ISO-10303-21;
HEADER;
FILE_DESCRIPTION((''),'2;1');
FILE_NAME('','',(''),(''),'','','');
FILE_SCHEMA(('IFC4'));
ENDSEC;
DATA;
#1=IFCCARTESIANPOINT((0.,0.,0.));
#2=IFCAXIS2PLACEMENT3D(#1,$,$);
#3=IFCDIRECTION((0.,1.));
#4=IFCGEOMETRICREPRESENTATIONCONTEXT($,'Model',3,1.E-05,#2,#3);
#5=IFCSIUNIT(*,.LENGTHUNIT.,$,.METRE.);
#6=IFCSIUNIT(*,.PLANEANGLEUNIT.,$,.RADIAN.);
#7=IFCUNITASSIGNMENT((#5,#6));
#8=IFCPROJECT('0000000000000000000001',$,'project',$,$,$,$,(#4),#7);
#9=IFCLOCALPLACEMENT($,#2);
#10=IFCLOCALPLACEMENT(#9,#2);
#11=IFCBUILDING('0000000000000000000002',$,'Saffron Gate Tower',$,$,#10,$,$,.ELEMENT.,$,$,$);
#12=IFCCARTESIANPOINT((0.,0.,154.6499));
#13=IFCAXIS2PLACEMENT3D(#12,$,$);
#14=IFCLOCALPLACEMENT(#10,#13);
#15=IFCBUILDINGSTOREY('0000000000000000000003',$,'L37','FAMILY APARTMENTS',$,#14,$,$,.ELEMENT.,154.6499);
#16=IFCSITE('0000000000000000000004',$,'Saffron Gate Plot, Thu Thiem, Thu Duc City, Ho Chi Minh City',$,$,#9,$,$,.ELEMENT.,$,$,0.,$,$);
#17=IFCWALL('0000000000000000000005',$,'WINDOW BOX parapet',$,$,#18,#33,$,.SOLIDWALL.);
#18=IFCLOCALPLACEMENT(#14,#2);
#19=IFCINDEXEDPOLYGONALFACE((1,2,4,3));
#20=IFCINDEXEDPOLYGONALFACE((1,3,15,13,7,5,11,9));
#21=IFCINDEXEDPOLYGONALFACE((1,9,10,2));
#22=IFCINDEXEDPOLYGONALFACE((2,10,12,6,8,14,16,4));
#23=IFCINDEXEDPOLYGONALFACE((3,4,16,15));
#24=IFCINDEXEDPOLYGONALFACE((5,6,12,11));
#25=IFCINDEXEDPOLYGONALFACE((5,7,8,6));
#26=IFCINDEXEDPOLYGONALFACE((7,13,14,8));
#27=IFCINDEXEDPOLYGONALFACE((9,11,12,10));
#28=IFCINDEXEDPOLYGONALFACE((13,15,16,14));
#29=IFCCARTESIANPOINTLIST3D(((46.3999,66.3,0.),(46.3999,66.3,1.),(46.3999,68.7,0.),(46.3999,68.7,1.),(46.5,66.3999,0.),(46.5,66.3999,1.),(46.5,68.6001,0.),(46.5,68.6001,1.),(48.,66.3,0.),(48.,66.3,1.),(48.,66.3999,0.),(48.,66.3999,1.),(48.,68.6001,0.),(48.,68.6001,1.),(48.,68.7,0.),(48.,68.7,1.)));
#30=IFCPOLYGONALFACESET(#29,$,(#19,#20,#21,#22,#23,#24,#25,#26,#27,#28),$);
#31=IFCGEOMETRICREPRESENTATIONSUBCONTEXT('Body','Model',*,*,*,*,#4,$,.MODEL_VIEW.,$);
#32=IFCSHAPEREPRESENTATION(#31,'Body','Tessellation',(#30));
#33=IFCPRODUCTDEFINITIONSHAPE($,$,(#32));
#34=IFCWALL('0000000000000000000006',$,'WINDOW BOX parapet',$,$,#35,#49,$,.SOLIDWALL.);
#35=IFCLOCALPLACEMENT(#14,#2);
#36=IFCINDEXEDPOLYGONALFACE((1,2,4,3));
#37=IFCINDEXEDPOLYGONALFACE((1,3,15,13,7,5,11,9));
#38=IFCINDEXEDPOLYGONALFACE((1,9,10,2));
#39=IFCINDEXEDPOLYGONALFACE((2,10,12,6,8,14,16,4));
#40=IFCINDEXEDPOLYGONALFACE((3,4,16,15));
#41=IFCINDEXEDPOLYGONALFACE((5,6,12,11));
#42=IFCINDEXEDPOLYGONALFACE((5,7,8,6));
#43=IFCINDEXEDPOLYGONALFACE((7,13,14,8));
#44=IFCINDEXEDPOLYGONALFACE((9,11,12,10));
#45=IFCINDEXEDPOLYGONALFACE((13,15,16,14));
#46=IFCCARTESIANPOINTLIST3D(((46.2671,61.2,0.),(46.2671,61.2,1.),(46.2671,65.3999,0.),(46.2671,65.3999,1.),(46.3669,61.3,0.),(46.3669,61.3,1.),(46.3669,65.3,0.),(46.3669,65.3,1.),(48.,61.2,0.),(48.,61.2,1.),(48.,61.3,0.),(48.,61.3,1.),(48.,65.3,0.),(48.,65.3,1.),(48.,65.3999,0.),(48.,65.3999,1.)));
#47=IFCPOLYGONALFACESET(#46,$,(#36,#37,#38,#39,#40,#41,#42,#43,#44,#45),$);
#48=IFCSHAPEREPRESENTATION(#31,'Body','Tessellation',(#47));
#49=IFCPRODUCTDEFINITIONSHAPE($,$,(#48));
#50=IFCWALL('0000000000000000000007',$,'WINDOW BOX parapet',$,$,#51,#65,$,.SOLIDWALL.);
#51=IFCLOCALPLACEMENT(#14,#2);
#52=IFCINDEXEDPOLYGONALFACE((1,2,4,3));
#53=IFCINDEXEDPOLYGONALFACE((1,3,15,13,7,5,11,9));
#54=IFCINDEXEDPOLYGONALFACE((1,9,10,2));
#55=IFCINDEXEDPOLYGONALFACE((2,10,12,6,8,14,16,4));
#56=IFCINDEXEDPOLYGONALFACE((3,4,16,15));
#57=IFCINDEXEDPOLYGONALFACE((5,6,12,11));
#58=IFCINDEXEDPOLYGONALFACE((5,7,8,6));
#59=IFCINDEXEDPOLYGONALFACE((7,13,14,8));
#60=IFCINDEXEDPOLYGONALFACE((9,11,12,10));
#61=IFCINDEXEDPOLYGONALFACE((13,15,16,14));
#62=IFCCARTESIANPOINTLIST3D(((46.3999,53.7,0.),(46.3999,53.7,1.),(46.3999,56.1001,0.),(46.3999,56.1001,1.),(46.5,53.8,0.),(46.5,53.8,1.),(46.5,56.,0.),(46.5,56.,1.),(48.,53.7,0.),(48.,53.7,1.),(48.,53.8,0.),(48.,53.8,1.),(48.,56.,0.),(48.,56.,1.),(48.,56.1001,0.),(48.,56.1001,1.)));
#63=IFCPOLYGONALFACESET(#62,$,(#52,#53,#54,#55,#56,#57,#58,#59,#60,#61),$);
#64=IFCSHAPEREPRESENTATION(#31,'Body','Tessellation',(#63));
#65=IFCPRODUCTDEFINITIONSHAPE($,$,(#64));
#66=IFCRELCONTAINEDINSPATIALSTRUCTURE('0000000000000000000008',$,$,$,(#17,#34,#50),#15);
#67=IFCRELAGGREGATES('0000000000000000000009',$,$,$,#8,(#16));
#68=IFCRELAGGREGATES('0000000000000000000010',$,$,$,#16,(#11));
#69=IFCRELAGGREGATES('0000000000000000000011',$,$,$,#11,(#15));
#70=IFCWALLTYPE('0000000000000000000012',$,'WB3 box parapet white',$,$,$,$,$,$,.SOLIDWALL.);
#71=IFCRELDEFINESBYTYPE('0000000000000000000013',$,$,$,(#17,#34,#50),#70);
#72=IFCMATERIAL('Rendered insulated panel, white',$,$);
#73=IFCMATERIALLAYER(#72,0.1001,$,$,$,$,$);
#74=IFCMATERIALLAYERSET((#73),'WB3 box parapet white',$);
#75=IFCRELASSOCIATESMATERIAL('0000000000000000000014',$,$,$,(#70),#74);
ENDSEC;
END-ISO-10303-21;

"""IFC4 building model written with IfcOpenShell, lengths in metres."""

from ifc_helpers import new_model, si_unit, direction, frame, origin, place, context, subcontext, project, spatial, polyline, outline, extrude, material, layer, layer_set, type_object, element, save


model = new_model("IFC4")

# Units and contexts
model_context = context("Model", 3, precision=1e-05, world=origin(), true_north=direction((0.0, 1.0)))
body_context = subcontext(model_context, "Body", "Model", "MODEL_VIEW")
ifc_project = project(units=[si_unit("LENGTHUNIT", "METRE"), si_unit("PLANEANGLEUNIT", "RADIAN")], contexts=[model_context])

# Site, building, storey
site_placement = place(None, origin())
site = spatial("IfcSite", under=ifc_project, at=site_placement, Name="Saffron Gate Plot, Thu Thiem, Thu Duc City, Ho Chi Minh City", CompositionType="ELEMENT", RefElevation=0.0)
building_placement = place(site_placement, origin())
building = spatial("IfcBuilding", under=site, at=building_placement, Name="Saffron Gate Tower", CompositionType="ELEMENT")
storey_placement = place(building_placement, frame((0.0, 0.0, 154.6499)))
storey = spatial("IfcBuildingStorey", under=building, at=storey_placement, Name="L37", Description="FAMILY APARTMENTS", CompositionType="ELEMENT", Elevation=154.6499)

# Walls
ifc_material_1 = material(Name="Rendered insulated panel, white")
ifc_layer_1 = layer(ifc_material_1, 0.1001)
ifc_layer_set_1 = layer_set([ifc_layer_1], Name="WB3 box parapet white")
wall_type = type_object("IfcWallType", Name="WB3 box parapet white", PredefinedType="SOLIDWALL", material=ifc_layer_set_1)
wall_1_placement = place(storey_placement, origin())
element("IfcWall", 1, at=wall_1_placement, inside=storey, type_object=wall_type, Name="WINDOW BOX parapet", PredefinedType="SOLIDWALL", context=body_context, shape_type="SweptSolid", body=[
    extrude(outline(polyline([(48.0, 68.7), (48.0, 68.6001), (46.5, 68.6001), (46.5, 66.3999), (48.0, 66.3999), (48.0, 66.3), (46.3999, 66.3), (46.3999, 68.7), (48.0, 68.7)])), origin(), (0.0, 0.0, 1.0), 1.0),
])
wall_2_placement = place(storey_placement, origin())
element("IfcWall", 2, at=wall_2_placement, inside=storey, type_object=wall_type, Name="WINDOW BOX parapet", PredefinedType="SOLIDWALL", context=body_context, shape_type="SweptSolid", body=[
    extrude(outline(polyline([(48.0, 65.3999), (48.0, 65.3), (46.3669, 65.3), (46.3669, 61.3), (48.0, 61.3), (48.0, 61.2), (46.2671, 61.2), (46.2671, 65.3999), (48.0, 65.3999)])), origin(), (0.0, 0.0, 1.0), 1.0),
])
wall_3_placement = place(storey_placement, origin())
element("IfcWall", 3, at=wall_3_placement, inside=storey, type_object=wall_type, Name="WINDOW BOX parapet", PredefinedType="SOLIDWALL", context=body_context, shape_type="SweptSolid", body=[
    extrude(outline(polyline([(48.0, 56.1001), (48.0, 56.0), (46.5, 56.0), (46.5, 53.8), (48.0, 53.8), (48.0, 53.7), (46.3999, 53.7), (46.3999, 56.1001), (48.0, 56.1001)])), origin(), (0.0, 0.0, 1.0), 1.0),
])

save(model, "model.ifc")
